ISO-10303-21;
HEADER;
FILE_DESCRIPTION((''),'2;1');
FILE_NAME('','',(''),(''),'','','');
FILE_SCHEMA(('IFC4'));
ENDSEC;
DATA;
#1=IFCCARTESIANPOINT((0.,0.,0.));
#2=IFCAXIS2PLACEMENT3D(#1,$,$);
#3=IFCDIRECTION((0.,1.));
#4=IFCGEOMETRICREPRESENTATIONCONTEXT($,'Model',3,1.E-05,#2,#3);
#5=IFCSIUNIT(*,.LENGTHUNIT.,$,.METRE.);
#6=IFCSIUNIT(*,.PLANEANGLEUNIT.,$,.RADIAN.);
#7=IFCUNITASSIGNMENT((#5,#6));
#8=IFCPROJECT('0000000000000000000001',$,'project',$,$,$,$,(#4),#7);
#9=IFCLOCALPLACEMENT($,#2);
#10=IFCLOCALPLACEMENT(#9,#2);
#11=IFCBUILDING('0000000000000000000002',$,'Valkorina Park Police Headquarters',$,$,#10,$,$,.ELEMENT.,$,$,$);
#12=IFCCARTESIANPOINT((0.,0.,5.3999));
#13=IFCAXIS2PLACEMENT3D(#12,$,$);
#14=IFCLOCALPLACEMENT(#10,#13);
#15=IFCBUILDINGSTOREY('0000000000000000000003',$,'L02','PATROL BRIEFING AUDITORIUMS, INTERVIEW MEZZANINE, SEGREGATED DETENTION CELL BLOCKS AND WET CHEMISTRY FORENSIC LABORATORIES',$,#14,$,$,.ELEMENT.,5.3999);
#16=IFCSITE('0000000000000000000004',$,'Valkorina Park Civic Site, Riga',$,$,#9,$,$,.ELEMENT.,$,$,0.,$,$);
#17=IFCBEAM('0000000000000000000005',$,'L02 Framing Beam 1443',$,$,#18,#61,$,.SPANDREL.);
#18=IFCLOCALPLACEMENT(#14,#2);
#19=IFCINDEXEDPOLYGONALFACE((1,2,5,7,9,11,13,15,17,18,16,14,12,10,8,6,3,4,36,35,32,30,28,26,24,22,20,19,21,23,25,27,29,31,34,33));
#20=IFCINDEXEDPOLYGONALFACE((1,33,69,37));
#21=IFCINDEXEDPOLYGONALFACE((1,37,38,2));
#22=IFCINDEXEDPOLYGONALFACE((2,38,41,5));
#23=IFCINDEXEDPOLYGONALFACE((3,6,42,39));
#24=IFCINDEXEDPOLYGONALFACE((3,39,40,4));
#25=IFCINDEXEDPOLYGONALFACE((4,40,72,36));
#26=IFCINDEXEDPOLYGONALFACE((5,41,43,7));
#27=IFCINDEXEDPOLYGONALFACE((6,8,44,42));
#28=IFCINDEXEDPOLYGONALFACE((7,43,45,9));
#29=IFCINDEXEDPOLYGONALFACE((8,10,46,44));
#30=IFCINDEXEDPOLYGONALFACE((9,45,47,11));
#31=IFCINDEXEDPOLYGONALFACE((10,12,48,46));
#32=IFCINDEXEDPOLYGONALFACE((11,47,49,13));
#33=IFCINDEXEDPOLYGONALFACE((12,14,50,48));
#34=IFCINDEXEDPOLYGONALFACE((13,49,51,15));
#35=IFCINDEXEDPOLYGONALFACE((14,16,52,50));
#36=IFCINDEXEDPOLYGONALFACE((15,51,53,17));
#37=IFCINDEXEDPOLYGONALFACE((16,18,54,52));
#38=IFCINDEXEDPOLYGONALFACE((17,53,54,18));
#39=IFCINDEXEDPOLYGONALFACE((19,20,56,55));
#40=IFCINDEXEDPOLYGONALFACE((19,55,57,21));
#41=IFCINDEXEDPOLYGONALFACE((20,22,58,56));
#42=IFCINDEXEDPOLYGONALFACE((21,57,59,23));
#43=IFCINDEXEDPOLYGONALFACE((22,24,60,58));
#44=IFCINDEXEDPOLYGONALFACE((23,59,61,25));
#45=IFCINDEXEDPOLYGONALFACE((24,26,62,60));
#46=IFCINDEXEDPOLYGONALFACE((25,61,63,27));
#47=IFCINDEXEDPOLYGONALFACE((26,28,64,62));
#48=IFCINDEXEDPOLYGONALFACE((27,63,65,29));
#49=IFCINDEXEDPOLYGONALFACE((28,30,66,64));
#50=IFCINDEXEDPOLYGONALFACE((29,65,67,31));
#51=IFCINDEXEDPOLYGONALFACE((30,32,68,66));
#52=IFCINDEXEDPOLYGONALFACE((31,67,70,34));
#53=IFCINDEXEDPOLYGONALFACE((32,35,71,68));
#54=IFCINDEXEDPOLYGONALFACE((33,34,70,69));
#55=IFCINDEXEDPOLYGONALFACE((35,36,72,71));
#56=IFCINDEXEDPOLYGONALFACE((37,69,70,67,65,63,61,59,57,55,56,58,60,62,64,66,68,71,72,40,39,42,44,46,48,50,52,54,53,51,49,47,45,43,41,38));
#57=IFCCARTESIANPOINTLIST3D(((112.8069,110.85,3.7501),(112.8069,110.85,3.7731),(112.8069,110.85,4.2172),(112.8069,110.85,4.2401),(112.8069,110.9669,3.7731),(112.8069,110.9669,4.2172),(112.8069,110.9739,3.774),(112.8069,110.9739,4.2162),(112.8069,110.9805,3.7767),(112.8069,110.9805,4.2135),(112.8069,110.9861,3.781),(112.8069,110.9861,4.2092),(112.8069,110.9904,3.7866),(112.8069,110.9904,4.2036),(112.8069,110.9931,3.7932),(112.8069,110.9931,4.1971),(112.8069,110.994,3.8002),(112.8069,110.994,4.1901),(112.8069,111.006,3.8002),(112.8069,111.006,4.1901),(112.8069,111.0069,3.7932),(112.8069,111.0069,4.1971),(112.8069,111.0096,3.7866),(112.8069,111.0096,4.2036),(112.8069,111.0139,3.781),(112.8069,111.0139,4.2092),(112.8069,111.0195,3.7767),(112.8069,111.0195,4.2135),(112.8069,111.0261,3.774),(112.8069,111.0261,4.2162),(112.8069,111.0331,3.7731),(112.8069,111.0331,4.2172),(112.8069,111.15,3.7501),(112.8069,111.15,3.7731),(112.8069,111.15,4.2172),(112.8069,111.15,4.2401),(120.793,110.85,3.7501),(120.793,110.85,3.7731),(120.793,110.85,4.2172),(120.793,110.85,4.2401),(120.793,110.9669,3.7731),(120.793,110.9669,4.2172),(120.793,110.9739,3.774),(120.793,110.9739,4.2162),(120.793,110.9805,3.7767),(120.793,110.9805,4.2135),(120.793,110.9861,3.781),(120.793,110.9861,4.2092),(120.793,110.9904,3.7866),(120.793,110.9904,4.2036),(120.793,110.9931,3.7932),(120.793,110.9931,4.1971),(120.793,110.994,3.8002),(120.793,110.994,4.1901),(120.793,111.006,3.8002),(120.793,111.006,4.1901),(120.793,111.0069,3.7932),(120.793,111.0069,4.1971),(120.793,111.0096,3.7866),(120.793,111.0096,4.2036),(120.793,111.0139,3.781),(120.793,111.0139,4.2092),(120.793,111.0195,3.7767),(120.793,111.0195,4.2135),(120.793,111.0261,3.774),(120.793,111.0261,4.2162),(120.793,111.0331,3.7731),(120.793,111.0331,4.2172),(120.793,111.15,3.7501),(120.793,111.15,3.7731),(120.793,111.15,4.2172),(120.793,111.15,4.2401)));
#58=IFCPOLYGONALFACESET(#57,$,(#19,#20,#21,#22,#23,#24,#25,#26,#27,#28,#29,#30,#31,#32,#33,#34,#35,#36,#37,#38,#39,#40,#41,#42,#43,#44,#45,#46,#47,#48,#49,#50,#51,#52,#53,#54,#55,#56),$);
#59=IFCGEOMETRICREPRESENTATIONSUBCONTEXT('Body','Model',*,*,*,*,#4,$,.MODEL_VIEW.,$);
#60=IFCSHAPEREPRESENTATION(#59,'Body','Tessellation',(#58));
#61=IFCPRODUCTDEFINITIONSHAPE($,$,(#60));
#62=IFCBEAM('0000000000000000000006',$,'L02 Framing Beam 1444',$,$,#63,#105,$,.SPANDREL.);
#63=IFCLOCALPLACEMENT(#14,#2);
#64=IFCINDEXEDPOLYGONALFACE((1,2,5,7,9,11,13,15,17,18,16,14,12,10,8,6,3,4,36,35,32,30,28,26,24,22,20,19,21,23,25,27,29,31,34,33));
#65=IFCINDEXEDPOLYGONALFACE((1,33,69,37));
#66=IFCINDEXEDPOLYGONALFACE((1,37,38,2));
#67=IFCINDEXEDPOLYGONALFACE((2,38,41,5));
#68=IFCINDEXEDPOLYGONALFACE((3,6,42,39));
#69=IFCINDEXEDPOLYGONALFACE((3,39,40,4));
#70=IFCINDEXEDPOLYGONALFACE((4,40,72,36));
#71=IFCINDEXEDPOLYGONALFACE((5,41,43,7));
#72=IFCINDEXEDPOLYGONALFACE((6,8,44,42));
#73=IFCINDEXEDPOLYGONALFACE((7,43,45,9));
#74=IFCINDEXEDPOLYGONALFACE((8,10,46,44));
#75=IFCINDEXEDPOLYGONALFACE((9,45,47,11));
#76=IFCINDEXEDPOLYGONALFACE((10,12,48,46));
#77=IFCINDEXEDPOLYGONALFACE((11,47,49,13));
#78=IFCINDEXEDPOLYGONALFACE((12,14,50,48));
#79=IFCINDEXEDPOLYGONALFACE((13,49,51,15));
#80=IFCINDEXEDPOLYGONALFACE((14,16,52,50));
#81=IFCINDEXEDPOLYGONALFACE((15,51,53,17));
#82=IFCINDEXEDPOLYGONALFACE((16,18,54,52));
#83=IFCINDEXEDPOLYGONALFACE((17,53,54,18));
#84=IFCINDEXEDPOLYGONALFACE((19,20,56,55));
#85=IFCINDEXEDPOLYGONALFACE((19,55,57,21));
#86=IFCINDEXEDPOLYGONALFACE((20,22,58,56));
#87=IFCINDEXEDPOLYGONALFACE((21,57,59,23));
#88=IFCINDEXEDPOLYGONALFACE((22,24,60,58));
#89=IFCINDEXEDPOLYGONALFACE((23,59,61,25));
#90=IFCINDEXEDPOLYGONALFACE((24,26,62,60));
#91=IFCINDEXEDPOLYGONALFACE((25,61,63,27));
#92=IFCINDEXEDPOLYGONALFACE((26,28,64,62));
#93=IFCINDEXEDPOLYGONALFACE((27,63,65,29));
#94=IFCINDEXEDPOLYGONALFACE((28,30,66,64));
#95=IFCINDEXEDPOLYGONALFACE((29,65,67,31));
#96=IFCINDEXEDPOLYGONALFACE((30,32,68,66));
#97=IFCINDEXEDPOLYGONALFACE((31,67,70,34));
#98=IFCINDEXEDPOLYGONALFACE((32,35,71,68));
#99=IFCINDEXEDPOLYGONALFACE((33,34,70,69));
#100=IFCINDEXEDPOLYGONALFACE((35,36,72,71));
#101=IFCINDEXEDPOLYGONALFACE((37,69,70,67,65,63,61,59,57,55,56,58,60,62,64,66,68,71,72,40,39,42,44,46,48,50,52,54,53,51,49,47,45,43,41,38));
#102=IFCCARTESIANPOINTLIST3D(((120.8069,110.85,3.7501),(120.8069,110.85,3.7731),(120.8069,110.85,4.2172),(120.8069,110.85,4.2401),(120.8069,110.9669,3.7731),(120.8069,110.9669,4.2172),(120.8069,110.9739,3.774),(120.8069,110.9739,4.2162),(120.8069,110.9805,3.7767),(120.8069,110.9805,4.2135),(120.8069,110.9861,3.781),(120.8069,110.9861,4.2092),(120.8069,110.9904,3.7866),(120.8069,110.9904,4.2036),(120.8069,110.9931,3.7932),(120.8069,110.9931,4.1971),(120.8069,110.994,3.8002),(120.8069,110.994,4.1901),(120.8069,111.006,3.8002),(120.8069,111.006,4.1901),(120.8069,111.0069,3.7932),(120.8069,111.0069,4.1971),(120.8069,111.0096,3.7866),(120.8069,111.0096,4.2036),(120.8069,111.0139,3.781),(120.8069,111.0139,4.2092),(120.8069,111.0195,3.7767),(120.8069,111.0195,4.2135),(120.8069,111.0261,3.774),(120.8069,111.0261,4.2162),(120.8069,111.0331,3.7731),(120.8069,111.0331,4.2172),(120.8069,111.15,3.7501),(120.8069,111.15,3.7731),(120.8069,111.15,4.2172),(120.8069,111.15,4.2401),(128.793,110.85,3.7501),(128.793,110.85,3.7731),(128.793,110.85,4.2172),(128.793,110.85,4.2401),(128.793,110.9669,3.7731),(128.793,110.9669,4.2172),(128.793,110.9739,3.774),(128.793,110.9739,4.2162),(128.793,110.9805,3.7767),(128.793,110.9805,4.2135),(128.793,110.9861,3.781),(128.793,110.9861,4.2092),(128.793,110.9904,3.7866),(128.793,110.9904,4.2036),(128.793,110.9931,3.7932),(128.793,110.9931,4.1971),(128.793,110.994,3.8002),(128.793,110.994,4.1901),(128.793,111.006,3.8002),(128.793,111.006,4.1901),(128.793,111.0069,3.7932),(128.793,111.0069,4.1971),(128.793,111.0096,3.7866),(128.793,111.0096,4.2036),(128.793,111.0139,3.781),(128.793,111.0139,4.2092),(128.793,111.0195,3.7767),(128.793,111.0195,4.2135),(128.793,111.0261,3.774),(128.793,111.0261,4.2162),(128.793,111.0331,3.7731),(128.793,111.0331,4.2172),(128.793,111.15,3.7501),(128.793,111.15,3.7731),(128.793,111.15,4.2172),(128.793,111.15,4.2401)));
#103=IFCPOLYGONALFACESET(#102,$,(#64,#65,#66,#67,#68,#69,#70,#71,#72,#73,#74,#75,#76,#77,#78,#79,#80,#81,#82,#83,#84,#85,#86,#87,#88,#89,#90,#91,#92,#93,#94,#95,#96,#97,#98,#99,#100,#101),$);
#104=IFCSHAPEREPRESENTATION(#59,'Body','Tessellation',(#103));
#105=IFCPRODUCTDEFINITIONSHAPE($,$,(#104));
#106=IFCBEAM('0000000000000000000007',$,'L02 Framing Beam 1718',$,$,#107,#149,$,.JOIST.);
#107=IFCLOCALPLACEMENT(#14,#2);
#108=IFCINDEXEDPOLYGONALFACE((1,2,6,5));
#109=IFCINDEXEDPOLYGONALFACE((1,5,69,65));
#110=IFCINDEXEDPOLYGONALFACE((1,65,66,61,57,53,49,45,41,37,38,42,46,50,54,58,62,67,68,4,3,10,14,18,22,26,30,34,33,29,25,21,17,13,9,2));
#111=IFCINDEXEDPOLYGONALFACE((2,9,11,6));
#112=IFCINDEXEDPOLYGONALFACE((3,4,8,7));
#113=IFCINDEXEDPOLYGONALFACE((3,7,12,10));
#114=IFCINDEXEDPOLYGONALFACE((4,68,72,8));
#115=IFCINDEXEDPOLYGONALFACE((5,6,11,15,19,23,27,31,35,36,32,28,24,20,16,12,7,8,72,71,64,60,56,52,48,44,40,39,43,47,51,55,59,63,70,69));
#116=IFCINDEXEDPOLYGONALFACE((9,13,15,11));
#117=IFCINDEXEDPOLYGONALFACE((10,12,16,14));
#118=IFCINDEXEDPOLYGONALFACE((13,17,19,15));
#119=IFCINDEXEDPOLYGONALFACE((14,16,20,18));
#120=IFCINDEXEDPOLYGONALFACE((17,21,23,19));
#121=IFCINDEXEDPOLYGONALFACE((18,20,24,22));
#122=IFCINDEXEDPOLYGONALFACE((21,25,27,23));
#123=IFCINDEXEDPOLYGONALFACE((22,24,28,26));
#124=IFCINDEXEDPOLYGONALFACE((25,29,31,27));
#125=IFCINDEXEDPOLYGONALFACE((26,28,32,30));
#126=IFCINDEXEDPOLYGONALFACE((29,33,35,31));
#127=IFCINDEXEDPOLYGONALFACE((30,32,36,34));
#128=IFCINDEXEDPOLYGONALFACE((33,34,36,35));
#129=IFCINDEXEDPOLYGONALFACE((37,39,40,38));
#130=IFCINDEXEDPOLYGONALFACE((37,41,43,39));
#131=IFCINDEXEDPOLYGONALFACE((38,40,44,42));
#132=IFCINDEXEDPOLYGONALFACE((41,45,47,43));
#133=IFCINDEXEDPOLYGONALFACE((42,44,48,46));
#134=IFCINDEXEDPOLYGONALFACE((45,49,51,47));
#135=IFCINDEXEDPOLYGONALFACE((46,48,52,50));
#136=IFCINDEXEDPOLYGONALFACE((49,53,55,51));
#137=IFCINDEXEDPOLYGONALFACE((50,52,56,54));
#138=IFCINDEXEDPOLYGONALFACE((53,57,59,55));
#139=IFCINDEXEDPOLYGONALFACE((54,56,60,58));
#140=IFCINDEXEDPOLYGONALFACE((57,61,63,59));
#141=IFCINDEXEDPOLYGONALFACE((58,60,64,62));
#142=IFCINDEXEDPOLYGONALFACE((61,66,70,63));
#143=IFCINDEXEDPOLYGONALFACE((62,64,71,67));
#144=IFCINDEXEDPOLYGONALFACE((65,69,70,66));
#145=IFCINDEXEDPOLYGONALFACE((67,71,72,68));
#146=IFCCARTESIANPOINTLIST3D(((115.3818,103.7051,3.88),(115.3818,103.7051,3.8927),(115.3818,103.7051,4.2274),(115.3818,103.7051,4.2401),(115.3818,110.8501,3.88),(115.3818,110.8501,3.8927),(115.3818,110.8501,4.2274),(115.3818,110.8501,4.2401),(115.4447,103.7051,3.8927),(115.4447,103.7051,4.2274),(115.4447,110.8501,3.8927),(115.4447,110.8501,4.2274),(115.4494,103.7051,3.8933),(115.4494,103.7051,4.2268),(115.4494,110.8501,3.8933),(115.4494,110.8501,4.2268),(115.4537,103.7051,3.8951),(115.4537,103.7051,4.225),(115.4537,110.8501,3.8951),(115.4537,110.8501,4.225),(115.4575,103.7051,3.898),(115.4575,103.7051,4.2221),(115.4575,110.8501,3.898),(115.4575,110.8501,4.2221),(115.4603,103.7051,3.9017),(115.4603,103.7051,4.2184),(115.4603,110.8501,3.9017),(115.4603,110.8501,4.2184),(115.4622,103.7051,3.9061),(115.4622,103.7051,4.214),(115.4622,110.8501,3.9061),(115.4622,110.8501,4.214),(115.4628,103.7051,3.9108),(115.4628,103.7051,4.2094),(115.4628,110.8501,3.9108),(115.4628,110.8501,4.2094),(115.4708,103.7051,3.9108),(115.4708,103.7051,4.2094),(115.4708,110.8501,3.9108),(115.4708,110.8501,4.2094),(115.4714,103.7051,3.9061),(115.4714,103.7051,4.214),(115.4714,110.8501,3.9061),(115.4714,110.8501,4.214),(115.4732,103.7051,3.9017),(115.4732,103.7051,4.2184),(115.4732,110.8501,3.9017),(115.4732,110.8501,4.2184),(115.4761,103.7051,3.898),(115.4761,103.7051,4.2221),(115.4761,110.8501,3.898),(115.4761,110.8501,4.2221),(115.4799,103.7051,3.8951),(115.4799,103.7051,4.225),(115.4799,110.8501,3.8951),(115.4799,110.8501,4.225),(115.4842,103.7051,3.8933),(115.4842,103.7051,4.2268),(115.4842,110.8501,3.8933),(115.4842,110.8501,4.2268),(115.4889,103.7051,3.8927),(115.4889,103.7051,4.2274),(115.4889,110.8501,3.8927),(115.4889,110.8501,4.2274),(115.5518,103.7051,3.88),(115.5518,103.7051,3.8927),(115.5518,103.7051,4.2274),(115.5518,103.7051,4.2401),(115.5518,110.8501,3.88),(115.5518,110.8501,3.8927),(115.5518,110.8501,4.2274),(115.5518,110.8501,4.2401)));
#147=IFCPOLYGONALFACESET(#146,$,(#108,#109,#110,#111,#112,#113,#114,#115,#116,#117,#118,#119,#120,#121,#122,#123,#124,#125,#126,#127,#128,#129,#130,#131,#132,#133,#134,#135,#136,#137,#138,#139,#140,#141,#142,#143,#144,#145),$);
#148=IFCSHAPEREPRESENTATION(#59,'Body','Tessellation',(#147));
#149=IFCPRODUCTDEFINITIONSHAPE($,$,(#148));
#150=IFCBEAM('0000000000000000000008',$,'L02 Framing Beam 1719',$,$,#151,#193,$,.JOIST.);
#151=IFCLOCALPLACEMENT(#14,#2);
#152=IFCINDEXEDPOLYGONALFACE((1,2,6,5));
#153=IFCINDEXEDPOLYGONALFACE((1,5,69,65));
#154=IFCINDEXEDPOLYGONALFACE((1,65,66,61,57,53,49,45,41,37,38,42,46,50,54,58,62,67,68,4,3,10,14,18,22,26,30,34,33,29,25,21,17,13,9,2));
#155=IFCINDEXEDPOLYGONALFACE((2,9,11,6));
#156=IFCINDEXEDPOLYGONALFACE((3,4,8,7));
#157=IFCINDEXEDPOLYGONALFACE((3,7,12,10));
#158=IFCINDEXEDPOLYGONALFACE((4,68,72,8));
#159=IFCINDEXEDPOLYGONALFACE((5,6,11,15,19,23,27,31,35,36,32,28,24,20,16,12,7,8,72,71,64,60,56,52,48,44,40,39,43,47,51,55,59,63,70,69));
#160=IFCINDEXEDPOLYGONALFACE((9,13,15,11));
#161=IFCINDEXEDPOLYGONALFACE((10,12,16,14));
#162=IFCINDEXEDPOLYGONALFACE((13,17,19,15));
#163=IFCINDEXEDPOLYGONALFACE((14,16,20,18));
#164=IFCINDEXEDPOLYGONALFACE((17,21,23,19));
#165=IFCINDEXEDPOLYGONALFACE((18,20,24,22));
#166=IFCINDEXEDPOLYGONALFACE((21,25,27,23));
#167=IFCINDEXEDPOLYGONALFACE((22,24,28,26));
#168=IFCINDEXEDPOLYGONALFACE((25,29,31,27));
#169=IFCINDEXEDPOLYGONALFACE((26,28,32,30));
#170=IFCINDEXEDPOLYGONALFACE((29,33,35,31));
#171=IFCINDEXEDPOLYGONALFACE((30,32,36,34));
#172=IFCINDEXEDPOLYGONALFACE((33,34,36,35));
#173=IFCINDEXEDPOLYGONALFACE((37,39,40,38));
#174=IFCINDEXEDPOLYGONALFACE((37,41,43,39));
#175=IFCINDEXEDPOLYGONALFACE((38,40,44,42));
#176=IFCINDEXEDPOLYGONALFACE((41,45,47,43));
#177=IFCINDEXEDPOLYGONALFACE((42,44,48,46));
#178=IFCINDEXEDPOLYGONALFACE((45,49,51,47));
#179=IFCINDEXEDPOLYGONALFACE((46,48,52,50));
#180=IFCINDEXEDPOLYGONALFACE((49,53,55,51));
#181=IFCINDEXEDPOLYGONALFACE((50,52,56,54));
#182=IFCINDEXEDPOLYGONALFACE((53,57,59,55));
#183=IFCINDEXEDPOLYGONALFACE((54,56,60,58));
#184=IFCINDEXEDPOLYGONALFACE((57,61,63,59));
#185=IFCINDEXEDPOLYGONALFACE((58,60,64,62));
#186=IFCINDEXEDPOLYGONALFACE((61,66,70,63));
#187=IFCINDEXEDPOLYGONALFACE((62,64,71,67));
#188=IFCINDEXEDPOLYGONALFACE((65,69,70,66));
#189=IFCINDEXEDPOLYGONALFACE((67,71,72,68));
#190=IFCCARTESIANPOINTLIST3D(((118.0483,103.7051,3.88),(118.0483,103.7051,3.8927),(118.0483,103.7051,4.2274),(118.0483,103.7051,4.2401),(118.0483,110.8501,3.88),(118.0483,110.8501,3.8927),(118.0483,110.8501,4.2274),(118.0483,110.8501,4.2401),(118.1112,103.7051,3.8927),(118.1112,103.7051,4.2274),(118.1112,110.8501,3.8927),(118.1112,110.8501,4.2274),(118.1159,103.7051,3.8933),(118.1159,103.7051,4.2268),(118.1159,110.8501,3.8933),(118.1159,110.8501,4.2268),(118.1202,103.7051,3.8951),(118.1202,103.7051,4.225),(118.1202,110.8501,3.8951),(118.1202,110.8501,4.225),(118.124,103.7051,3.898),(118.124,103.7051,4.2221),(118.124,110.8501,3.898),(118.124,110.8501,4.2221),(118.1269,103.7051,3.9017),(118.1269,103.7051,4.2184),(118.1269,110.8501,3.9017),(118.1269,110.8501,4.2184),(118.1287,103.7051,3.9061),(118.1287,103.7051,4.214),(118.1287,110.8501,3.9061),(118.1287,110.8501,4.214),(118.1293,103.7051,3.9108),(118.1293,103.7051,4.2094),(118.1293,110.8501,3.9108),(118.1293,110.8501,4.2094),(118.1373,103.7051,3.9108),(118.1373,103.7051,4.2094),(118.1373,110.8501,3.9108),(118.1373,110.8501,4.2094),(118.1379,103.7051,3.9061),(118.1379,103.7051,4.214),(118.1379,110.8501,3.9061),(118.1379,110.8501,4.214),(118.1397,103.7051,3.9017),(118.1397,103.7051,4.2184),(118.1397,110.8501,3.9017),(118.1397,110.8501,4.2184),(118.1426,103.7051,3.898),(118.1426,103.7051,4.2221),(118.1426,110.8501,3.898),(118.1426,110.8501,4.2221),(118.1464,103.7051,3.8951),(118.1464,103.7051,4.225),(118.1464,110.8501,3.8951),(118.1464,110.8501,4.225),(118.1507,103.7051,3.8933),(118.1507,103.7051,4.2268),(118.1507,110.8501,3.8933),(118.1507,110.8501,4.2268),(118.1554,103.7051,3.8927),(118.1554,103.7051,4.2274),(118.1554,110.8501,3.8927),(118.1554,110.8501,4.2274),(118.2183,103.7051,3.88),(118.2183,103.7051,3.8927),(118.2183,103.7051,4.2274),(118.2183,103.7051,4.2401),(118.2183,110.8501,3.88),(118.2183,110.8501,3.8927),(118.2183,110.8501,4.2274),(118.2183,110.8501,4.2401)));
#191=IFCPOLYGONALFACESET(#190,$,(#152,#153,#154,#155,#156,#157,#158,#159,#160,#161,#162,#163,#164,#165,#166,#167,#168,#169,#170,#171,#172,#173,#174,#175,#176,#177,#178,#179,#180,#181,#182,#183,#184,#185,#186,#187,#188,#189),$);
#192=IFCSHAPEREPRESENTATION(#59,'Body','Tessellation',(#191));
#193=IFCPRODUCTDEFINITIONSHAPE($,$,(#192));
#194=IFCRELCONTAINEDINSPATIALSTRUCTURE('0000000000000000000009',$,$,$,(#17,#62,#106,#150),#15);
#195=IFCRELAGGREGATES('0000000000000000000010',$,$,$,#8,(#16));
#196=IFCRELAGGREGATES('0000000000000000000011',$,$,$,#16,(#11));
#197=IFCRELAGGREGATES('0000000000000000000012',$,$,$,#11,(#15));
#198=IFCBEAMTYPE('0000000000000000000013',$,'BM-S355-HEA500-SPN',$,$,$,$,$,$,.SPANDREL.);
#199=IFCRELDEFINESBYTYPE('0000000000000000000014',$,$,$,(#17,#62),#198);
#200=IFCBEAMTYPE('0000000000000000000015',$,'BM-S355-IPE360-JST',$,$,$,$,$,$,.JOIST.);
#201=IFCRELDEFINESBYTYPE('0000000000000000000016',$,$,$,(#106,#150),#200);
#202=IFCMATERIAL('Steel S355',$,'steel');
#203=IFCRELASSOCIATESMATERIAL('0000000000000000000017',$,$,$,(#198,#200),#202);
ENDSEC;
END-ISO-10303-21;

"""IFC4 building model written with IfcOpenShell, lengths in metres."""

from ifc_helpers import new_model, si_unit, direction, frame, origin, origin_2d, place, context, subcontext, project, spatial, i_section, extrude, material, material_profile, profile_set, type_object, element, save


model = new_model("IFC4")

# Units and contexts
model_context = context("Model", 3, precision=1e-05, world=origin(), true_north=direction((0.0, 1.0)))
body_context = subcontext(model_context, "Body", "Model", "MODEL_VIEW")
ifc_project = project(units=[si_unit("LENGTHUNIT", "METRE"), si_unit("PLANEANGLEUNIT", "RADIAN")], contexts=[model_context])

# Site, building, storey
site_placement = place(None, origin())
site = spatial("IfcSite", under=ifc_project, at=site_placement, Name="Valkorina Park Civic Site, Riga", CompositionType="ELEMENT", RefElevation=0.0)
building_placement = place(site_placement, origin())
building = spatial("IfcBuilding", under=site, at=building_placement, Name="Valkorina Park Police Headquarters", CompositionType="ELEMENT")
storey_placement = place(building_placement, frame((0.0, 0.0, 5.3999)))
storey = spatial("IfcBuildingStorey", under=building, at=storey_placement, Name="L02", Description="PATROL BRIEFING AUDITORIUMS, INTERVIEW MEZZANINE, SEGREGATED DETENTION CELL BLOCKS AND WET CHEMISTRY FORENSIC LABORATORIES", CompositionType="ELEMENT", Elevation=5.3999)

# Shared definitions
ifc_material_1 = material(Name="Steel S355", Category="steel")

# Beams
ifc_material_profile_1 = material_profile(ifc_material_1, i_section(OverallWidth=0.3, OverallDepth=0.49, WebThickness=0.012, FlangeThickness=0.0229, FilletRadius=0.0271, at=origin_2d()), Name="HEA 500")
ifc_profile_set_1 = profile_set([ifc_material_profile_1], Name="Steel S355")
beam_type_1 = type_object("IfcBeamType", Name="BM-S355-HEA500-SPN", PredefinedType="SPANDREL", material=ifc_profile_set_1)
for number, where, z_axis, x_axis, name in (
    (1, (112.8069, 111.0, 3.9951), (1.0, 0.0, 0.0), (0.0, 1.0, 0.0), "L02 Framing Beam 1443"),
    (2, (120.8069, 111.0, 3.9951), (1.0, 0.0, 0.0), (0.0, 1.0, 0.0), "L02 Framing Beam 1444"),
):
    element("IfcBeam", number, at=place(storey_placement, frame(where, z_axis=z_axis, x_axis=x_axis)), inside=storey, type_object=beam_type_1, Name=name, PredefinedType="SPANDREL", context=body_context, shape_type="SweptSolid", body=[
        extrude(i_section(OverallWidth=0.3, OverallDepth=0.49, WebThickness=0.012, FlangeThickness=0.0229, FilletRadius=0.0271, at=origin_2d()), origin(), (0.0, 0.0, 1.0), 7.9861),
    ])
ifc_material_profile_2 = material_profile(ifc_material_1, i_section(OverallWidth=0.1699, OverallDepth=0.3601, WebThickness=0.0081, FlangeThickness=0.0127, FilletRadius=0.0181, at=origin_2d()), Name="IPE 360")
ifc_profile_set_2 = profile_set([ifc_material_profile_2], Name="Steel S355")
beam_type_2 = type_object("IfcBeamType", Name="BM-S355-IPE360-JST", PredefinedType="JOIST", material=ifc_profile_set_2)
for number, where, z_axis, x_axis, name in (
    (3, (115.4668, 103.7051, 4.0601), (0.0, 1.0, 0.0), (-1.0, 0.0, 0.0), "L02 Framing Beam 1718"),
    (4, (118.1333, 103.7051, 4.0601), (0.0, 1.0, 0.0), (-1.0, 0.0, 0.0), "L02 Framing Beam 1719"),
):
    element("IfcBeam", number, at=place(storey_placement, frame(where, z_axis=z_axis, x_axis=x_axis)), inside=storey, type_object=beam_type_2, Name=name, PredefinedType="JOIST", context=body_context, shape_type="SweptSolid", body=[
        extrude(i_section(OverallWidth=0.1699, OverallDepth=0.3601, WebThickness=0.0081, FlangeThickness=0.0127, FilletRadius=0.0181, at=origin_2d()), origin(), (0.0, 0.0, 1.0), 7.145),
    ])

save(model, "model.ifc")
